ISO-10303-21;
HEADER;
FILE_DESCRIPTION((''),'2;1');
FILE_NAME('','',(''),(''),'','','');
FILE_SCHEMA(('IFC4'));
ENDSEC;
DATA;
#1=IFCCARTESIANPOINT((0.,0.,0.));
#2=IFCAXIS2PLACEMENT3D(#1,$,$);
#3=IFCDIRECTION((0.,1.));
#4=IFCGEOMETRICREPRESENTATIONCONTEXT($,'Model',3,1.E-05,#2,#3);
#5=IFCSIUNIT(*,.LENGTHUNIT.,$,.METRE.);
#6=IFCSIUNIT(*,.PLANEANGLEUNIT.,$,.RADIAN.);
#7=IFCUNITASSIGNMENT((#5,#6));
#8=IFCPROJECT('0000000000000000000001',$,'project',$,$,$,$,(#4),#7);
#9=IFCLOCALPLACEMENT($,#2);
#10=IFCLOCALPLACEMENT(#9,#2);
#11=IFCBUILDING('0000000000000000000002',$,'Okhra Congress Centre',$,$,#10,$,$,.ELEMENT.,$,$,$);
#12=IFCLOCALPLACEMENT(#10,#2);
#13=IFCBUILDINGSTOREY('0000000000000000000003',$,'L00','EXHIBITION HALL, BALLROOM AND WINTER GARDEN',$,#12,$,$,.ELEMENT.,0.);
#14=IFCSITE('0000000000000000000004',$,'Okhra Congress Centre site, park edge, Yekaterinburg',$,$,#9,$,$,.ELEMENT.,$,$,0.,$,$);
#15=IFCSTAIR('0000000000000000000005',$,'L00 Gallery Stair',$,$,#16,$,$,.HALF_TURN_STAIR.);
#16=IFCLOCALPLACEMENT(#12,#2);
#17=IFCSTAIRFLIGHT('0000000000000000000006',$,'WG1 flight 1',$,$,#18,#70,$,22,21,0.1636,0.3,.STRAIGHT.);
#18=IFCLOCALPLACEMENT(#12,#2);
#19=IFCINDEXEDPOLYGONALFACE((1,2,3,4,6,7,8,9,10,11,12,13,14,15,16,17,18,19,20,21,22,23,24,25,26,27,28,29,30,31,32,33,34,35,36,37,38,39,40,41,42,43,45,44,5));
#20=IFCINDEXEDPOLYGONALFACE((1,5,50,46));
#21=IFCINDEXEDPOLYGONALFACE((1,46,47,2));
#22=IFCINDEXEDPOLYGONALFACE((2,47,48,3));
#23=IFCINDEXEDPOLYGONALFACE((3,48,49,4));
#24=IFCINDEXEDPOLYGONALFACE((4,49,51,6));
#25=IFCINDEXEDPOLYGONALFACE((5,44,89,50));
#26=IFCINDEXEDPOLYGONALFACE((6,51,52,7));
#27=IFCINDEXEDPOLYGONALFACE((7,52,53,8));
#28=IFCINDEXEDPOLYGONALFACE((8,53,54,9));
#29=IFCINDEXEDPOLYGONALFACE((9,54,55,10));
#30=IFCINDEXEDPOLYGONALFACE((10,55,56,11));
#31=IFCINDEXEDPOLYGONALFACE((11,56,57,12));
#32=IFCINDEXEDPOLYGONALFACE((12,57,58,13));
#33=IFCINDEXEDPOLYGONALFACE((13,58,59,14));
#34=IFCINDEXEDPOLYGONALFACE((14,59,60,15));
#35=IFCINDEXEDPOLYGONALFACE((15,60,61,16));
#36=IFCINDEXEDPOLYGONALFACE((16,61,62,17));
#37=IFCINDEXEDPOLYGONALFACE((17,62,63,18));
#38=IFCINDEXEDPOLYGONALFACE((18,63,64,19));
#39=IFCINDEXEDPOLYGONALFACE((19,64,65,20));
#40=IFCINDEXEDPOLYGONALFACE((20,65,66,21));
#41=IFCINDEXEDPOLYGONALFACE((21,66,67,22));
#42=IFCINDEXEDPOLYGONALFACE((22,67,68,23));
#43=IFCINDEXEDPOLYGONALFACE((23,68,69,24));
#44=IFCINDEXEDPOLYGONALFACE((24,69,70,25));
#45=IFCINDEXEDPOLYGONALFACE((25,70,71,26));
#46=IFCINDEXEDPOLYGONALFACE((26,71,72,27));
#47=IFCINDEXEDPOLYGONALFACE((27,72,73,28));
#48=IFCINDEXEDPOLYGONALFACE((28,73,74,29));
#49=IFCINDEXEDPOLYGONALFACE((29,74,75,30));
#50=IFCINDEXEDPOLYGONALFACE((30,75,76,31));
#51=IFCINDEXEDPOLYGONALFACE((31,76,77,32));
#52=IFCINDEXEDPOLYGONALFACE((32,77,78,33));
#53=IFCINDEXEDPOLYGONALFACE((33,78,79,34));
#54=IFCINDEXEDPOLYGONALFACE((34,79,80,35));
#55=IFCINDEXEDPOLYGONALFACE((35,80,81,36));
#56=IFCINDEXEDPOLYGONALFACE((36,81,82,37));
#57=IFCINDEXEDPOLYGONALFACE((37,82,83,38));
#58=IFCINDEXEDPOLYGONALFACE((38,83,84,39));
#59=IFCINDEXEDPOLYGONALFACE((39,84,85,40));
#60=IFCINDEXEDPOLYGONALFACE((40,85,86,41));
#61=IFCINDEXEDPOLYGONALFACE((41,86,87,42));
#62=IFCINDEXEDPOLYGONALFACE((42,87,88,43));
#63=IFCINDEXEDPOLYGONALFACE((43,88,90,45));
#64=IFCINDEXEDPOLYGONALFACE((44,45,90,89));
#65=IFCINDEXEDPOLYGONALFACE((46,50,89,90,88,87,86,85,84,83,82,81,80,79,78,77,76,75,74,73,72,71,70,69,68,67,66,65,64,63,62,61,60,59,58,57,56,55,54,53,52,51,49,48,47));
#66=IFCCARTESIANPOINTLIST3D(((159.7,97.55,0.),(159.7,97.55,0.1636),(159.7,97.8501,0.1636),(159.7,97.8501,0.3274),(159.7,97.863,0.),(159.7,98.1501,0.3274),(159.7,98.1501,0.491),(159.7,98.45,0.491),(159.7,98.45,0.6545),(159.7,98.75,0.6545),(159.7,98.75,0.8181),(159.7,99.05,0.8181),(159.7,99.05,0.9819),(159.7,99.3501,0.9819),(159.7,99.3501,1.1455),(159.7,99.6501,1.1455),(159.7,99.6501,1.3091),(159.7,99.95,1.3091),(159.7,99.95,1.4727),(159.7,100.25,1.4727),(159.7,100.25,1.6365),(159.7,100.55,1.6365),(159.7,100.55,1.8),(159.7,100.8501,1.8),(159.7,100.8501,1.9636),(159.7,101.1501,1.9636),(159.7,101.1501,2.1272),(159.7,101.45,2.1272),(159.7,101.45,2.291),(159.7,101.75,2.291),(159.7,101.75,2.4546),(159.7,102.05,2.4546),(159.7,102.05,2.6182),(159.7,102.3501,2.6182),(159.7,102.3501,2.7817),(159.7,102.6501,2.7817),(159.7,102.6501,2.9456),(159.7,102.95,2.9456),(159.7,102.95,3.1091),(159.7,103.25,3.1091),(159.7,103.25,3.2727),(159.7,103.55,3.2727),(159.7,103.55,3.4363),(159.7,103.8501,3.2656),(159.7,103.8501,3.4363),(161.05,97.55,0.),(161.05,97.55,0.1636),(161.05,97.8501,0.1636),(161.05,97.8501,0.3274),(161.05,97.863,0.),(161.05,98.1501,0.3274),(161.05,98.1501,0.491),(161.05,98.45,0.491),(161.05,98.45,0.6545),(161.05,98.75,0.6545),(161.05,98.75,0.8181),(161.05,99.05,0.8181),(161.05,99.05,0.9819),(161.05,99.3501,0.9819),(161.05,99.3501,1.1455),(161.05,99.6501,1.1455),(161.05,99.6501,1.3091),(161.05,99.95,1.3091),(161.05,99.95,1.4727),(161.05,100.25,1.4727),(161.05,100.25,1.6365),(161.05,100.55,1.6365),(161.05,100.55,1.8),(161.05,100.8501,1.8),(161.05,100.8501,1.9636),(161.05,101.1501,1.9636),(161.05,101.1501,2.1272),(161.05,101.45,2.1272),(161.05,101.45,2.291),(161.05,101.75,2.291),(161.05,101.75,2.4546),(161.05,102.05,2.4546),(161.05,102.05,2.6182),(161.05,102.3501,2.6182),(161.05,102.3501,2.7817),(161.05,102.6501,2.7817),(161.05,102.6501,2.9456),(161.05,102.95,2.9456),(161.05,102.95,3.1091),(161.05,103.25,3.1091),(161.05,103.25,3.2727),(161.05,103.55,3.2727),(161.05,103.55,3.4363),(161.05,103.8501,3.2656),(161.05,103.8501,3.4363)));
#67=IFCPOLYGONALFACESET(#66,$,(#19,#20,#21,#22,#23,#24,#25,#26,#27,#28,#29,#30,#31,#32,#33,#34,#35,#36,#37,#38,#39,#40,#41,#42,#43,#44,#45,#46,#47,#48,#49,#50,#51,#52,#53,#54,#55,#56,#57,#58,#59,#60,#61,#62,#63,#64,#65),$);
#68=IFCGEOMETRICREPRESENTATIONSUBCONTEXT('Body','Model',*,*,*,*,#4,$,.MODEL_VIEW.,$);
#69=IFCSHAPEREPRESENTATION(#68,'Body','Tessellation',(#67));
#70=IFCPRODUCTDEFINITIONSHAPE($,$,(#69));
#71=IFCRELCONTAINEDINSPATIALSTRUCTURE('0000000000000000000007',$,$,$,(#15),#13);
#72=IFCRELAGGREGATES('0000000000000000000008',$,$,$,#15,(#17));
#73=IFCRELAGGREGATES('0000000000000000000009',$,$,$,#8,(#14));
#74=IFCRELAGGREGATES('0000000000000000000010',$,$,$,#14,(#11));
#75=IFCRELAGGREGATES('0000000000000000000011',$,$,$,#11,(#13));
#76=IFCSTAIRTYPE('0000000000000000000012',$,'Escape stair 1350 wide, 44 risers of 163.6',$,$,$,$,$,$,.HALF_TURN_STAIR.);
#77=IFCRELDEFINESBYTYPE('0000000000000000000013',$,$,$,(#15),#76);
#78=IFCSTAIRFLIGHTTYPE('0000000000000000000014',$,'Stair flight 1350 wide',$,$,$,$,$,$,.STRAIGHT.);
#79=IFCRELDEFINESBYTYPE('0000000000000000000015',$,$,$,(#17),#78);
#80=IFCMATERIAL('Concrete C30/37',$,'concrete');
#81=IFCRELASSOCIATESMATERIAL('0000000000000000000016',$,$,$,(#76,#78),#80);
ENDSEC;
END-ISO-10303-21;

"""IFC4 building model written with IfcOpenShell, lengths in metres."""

from ifc_helpers import new_model, si_unit, direction, frame, origin, place, context, subcontext, project, spatial, polyline, outline, extrude, material, type_object, element, aggregate, save


model = new_model("IFC4")

# Units and contexts
model_context = context("Model", 3, precision=1e-05, world=origin(), true_north=direction((0.0, 1.0)))
body_context = subcontext(model_context, "Body", "Model", "MODEL_VIEW")
ifc_project = project(units=[si_unit("LENGTHUNIT", "METRE"), si_unit("PLANEANGLEUNIT", "RADIAN")], contexts=[model_context])

# Site, building, storey
site_placement = place(None, origin())
site = spatial("IfcSite", under=ifc_project, at=site_placement, Name="Okhra Congress Centre site, park edge, Yekaterinburg", CompositionType="ELEMENT", RefElevation=0.0)
building_placement = place(site_placement, origin())
building = spatial("IfcBuilding", under=site, at=building_placement, Name="Okhra Congress Centre", CompositionType="ELEMENT")
storey_placement = place(building_placement, origin())
storey = spatial("IfcBuildingStorey", under=building, at=storey_placement, Name="L00", Description="EXHIBITION HALL, BALLROOM AND WINTER GARDEN", CompositionType="ELEMENT", Elevation=0.0)

# Shared definitions
ifc_material_1 = material(Name="Concrete C30/37", Category="concrete")

# Stair, stair flight
stair_type = type_object("IfcStairType", Name="Escape stair 1350 wide, 44 risers of 163.6", PredefinedType="HALF_TURN_STAIR", material=ifc_material_1)
stair_placement = place(storey_placement, origin())
stair = element("IfcStair", 1, at=stair_placement, inside=storey, type_object=stair_type, Name="L00 Gallery Stair", PredefinedType="HALF_TURN_STAIR")
stair_flight_type = type_object("IfcStairFlightType", Name="Stair flight 1350 wide", PredefinedType="STRAIGHT", material=ifc_material_1)
stair_flight_placement = place(storey_placement, frame((160.375, 97.55, 0.0), z_axis=(0.0, 0.0, 1.0), x_axis=(0.0, 1.0, 0.0)))
stair_flight = element("IfcStairFlight", 2, at=stair_flight_placement, type_object=stair_flight_type, Name="WG1 flight 1", NumberOfRisers=22, NumberOfTreads=21, PredefinedType="STRAIGHT", RiserHeight=0.1636, TreadLength=0.3, context=body_context, shape_type="SweptSolid", body=[
    extrude(outline(polyline([(0.0, 0.0), (0.0, 0.1636), (0.3, 0.1636), (0.3, 0.3274), (0.6001, 0.3274), (0.6001, 0.491), (0.8999, 0.491), (0.8999, 0.6545), (1.2, 0.6545), (1.2, 0.8181), (1.5, 0.8181), (1.5, 0.9819), (1.8, 0.9819), (1.8, 1.1455), (2.1001, 1.1455), (2.1001, 1.3091), (2.3999, 1.3091), (2.3999, 1.4727), (2.7, 1.4727), (2.7, 1.6365), (3.0, 1.6365), (3.0, 1.8), (3.3, 1.8), (3.3, 1.9636), (3.6001, 1.9636), (3.6001, 2.1272), (3.8999, 2.1272), (3.8999, 2.291), (4.2, 2.291), (4.2, 2.4546), (4.5, 2.4546), (4.5, 2.6182), (4.8, 2.6182), (4.8, 2.7817), (5.1001, 2.7817), (5.1001, 2.9456), (5.3999, 2.9456), (5.3999, 3.1091), (5.7, 3.1091), (5.7, 3.2727), (6.0, 3.2727), (6.0, 3.4363), (6.3, 3.4363), (6.3, 3.6001), (6.3, 3.2656), (0.313, 0.0), (0.0, 0.0)])), frame((0.0, 0.675, 0.0), z_axis=(0.0, -1.0, 0.0), x_axis=(1.0, 0.0, 0.0)), (0.0, 0.0, 1.0), 1.3501),
])
aggregate(stair, [stair_flight])

save(model, "model.ifc")
